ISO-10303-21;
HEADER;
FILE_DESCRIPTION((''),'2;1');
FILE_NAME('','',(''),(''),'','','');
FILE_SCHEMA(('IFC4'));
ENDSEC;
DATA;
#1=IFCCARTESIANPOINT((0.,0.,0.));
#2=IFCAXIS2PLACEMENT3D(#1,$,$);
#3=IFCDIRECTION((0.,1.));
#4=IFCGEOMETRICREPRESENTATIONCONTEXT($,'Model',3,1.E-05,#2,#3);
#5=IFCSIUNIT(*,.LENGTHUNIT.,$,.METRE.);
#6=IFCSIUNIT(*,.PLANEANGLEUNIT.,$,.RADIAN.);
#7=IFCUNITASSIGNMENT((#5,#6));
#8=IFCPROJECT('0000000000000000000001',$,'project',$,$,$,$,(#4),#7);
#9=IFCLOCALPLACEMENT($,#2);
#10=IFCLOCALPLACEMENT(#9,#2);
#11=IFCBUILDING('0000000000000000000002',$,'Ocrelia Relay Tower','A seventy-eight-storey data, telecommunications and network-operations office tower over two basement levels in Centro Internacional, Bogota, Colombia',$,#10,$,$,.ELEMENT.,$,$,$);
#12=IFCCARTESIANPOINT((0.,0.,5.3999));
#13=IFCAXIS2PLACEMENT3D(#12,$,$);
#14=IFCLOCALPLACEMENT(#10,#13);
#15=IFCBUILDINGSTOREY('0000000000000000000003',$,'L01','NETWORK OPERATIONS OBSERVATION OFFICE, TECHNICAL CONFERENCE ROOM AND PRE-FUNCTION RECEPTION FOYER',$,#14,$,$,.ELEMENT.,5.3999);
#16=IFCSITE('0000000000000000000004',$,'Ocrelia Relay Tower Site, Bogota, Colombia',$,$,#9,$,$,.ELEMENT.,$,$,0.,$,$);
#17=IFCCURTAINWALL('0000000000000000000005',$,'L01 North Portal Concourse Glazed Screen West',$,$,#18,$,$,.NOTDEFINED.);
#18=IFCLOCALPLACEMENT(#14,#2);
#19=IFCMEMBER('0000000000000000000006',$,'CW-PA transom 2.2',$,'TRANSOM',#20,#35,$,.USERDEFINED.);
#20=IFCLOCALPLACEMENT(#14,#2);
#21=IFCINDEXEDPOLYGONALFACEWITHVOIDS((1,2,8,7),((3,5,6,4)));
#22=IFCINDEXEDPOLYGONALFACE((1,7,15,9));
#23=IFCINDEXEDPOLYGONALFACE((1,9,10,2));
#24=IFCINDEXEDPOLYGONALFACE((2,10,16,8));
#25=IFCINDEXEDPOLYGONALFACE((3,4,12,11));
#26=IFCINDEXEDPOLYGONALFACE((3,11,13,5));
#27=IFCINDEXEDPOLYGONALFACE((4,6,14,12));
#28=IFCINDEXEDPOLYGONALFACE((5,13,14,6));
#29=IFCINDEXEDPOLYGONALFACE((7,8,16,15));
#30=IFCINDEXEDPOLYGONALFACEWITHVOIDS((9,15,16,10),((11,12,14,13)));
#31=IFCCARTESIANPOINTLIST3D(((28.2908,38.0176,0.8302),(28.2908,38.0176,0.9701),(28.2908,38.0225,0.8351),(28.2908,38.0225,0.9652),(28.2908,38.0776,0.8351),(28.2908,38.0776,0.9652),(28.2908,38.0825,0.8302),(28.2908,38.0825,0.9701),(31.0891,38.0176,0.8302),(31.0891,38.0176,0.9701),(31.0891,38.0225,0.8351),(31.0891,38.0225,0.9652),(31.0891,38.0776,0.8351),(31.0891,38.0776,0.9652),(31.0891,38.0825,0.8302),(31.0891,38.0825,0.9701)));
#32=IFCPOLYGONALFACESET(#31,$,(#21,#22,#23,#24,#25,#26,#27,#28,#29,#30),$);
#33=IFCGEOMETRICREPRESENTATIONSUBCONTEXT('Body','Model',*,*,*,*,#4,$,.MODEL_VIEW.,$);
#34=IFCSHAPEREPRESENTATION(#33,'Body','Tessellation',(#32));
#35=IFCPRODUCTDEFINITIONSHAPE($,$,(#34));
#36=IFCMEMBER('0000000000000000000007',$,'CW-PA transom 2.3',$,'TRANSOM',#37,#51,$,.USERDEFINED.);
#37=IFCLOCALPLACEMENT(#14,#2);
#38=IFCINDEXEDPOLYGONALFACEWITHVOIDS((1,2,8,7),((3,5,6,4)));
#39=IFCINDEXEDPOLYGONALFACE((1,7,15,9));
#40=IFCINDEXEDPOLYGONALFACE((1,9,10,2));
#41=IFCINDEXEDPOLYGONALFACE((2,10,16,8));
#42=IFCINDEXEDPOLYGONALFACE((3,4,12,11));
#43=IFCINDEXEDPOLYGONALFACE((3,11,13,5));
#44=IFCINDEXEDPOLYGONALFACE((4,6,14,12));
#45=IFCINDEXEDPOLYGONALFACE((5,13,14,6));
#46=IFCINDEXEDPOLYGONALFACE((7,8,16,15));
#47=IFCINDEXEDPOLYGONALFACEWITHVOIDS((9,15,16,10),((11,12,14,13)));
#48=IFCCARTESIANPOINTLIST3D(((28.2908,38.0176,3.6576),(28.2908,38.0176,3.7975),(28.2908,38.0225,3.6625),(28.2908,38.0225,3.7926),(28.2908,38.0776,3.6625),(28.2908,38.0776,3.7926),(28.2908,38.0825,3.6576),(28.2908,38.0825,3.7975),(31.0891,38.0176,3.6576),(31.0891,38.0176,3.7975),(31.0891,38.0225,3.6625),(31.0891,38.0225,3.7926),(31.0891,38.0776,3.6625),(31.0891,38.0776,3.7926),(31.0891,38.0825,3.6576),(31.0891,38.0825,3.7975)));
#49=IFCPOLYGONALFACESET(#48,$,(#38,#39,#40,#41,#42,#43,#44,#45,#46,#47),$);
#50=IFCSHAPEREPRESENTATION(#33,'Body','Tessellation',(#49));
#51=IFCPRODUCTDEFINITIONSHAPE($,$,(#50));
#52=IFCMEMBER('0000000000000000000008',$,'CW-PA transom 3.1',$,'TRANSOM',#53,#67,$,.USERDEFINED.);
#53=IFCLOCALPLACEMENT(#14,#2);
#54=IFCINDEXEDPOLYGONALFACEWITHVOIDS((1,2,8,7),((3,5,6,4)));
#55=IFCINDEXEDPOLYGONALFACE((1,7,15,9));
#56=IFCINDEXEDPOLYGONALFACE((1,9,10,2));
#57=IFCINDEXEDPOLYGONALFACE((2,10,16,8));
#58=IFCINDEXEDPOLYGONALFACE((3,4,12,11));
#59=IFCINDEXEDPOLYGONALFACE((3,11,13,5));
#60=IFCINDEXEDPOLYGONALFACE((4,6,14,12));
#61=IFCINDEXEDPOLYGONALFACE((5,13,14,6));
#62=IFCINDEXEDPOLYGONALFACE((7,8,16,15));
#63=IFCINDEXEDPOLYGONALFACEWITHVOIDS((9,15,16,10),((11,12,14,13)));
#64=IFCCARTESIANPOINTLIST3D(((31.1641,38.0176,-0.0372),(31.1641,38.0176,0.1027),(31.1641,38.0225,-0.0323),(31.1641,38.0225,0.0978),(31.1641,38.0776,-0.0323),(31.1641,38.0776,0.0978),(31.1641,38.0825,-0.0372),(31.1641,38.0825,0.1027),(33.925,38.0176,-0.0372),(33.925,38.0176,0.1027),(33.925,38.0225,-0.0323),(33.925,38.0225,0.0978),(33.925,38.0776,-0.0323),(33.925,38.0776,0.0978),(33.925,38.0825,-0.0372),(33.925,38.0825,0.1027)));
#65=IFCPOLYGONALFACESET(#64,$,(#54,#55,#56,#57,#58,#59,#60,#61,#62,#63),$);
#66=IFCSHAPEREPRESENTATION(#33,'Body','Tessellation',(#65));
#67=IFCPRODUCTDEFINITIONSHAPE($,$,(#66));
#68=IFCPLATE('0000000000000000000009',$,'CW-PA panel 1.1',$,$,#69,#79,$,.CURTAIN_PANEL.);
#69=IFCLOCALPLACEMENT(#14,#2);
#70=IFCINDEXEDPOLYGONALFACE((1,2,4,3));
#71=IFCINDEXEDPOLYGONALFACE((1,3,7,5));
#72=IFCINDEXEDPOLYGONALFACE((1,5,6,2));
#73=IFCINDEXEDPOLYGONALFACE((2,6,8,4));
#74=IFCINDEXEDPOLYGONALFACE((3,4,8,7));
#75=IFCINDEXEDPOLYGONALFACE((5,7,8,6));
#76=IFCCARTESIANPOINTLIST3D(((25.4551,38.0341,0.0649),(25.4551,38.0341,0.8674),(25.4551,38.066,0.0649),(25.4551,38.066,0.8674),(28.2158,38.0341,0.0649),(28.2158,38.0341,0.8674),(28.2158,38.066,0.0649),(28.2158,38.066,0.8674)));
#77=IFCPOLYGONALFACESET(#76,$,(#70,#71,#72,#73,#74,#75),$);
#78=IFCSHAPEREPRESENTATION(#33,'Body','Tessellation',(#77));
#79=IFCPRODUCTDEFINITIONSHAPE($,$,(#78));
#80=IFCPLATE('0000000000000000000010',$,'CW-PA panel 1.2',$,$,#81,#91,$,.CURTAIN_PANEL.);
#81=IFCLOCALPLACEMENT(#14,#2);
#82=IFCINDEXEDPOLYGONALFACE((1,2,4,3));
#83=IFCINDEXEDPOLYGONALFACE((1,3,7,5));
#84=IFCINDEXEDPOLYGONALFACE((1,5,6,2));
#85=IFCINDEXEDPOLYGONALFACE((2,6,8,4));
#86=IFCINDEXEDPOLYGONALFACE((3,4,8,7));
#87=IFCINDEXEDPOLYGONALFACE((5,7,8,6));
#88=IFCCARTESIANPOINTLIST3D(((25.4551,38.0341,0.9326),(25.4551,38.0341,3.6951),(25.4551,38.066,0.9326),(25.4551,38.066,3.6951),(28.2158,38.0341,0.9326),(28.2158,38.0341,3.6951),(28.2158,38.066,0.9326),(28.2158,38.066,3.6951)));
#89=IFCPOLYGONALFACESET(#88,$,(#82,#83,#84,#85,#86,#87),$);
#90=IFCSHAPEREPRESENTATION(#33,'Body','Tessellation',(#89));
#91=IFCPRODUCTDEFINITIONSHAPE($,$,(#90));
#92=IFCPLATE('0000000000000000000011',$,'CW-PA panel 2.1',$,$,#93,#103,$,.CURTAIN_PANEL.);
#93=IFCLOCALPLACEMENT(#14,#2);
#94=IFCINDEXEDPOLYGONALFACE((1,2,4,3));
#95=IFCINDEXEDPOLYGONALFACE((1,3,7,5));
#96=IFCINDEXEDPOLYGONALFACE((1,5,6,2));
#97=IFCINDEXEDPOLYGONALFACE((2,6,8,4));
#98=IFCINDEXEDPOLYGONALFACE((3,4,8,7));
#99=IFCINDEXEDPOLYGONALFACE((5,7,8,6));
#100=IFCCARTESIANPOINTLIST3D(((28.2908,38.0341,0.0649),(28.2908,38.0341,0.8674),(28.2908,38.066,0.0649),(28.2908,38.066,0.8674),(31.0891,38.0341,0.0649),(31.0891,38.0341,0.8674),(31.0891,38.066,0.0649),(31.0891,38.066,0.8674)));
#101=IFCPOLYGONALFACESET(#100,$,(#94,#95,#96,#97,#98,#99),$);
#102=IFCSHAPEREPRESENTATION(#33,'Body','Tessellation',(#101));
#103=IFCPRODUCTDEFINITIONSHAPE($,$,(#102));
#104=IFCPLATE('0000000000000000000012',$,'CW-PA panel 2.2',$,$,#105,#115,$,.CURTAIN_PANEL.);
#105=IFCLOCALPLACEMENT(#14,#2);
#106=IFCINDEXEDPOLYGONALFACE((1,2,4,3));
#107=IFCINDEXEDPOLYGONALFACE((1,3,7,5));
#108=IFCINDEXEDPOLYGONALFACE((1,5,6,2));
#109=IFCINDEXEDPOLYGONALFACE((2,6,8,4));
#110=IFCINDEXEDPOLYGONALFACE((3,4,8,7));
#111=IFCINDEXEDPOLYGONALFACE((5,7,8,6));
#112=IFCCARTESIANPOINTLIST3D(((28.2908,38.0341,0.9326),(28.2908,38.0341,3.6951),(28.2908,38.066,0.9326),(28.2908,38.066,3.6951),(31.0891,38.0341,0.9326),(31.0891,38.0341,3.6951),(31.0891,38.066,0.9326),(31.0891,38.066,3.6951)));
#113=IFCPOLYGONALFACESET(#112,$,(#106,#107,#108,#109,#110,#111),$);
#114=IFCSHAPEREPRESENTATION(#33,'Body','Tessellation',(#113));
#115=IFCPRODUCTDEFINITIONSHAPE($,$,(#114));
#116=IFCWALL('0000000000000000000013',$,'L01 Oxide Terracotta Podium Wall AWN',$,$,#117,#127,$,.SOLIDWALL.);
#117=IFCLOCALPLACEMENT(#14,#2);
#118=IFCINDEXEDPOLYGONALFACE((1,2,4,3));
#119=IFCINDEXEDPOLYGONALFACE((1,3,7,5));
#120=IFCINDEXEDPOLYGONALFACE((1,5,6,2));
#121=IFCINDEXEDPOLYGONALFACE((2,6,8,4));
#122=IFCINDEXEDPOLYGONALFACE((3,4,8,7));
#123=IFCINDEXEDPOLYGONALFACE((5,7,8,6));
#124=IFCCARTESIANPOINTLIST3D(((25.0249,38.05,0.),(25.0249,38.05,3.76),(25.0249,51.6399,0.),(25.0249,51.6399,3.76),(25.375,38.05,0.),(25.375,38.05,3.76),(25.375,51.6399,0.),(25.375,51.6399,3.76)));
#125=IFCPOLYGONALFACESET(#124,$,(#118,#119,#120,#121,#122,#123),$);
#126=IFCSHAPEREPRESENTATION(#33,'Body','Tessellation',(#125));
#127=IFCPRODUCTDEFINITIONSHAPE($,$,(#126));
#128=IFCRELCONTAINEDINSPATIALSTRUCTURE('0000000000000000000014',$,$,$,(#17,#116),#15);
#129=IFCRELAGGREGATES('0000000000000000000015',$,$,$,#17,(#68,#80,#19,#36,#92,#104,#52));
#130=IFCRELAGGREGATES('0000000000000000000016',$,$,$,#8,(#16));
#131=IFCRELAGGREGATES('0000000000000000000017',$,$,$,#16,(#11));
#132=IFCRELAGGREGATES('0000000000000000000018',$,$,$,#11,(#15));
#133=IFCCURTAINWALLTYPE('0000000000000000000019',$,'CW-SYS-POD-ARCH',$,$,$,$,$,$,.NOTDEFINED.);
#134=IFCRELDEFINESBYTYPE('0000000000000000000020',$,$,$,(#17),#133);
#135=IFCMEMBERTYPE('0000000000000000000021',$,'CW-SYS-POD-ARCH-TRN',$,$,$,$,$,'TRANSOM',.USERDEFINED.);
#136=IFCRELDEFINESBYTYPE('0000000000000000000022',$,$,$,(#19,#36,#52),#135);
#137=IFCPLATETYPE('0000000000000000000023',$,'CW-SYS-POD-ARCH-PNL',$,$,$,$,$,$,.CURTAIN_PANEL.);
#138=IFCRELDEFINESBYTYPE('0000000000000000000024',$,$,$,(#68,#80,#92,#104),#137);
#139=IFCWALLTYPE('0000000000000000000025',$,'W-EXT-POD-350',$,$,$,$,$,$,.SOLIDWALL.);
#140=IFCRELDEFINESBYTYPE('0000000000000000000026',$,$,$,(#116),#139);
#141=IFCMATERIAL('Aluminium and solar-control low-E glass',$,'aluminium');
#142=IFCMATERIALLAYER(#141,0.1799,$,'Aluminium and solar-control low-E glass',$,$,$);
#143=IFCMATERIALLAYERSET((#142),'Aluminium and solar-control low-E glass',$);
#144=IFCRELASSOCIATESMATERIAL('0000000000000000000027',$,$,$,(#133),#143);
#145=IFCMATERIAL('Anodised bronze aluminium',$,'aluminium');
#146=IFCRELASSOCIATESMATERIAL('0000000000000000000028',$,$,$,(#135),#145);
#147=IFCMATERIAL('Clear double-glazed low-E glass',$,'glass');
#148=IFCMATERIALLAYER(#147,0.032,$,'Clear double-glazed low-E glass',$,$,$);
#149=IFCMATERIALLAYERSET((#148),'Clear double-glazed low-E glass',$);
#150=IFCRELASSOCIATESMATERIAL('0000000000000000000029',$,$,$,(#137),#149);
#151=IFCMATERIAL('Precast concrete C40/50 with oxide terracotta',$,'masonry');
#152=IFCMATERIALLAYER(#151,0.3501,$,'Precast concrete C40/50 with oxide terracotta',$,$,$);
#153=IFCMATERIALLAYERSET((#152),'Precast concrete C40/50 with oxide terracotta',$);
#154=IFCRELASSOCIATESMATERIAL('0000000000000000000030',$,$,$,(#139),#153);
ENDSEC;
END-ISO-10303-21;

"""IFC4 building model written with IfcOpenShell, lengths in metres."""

from ifc_helpers import new_model, si_unit, direction, frame, frame_2d, origin, origin_2d, place, context, subcontext, project, spatial, rectangle, hollow_rectangle, extrude, material, layer, layer_set, material_profile, profile_set, type_object, element, aggregate, save


model = new_model("IFC4")

# Units and contexts
model_context = context("Model", 3, precision=1e-05, world=origin(), true_north=direction((0.0, 1.0)))
body_context = subcontext(model_context, "Body", "Model", "MODEL_VIEW")
ifc_project = project(units=[si_unit("LENGTHUNIT", "METRE"), si_unit("PLANEANGLEUNIT", "RADIAN")], contexts=[model_context])

# Site, building, storey
site_placement = place(None, origin())
site = spatial("IfcSite", under=ifc_project, at=site_placement, Name="Ocrelia Relay Tower Site, Bogota, Colombia", CompositionType="ELEMENT", RefElevation=0.0)
building_placement = place(site_placement, origin())
building = spatial("IfcBuilding", under=site, at=building_placement, Name="Ocrelia Relay Tower", Description="A seventy-eight-storey data, telecommunications and network-operations office tower over two basement levels in Centro Internacional, Bogota, Colombia", CompositionType="ELEMENT")
storey_placement = place(building_placement, frame((0.0, 0.0, 5.3999)))
storey = spatial("IfcBuildingStorey", under=building, at=storey_placement, Name="L01", Description="NETWORK OPERATIONS OBSERVATION OFFICE, TECHNICAL CONFERENCE ROOM AND PRE-FUNCTION RECEPTION FOYER", CompositionType="ELEMENT", Elevation=5.3999)

# Curtain wall, members, plates
ifc_material_1 = material(Name="Aluminium and solar-control low-E glass", Category="aluminium")
ifc_layer_1 = layer(ifc_material_1, 0.1799, Name="Aluminium and solar-control low-E glass")
ifc_layer_set_1 = layer_set([ifc_layer_1], Name="Aluminium and solar-control low-E glass")
curtain_wall_type = type_object("IfcCurtainWallType", Name="CW-SYS-POD-ARCH", PredefinedType="NOTDEFINED", material=ifc_layer_set_1)
curtain_wall_placement = place(storey_placement, origin())
curtain_wall = element("IfcCurtainWall", 1, at=curtain_wall_placement, inside=storey, type_object=curtain_wall_type, Name="L01 North Portal Concourse Glazed Screen West", PredefinedType="NOTDEFINED")
ifc_material_2 = material(Name="Anodised bronze aluminium", Category="aluminium")
ifc_material_profile_1 = material_profile(ifc_material_2, hollow_rectangle(XDim=0.0649, YDim=0.1399, WallThickness=0.0049, at=origin_2d()), Name="CW-TRN-140x65")
ifc_profile_set_1 = profile_set([ifc_material_profile_1], Name="Anodised bronze aluminium")
member_type_1 = type_object("IfcMemberType", Name="CW-SYS-POD-ARCH-TRN", ElementType="TRANSOM", PredefinedType="USERDEFINED", material=ifc_profile_set_1)
member_1_placement = place(storey_placement, frame((28.2908, 38.05, 0.9001), z_axis=(1.0, 0.0, 0.0), x_axis=(0.0, 1.0, 0.0)))
member_1 = element("IfcMember", 2, at=member_1_placement, type_object=member_type_1, Name="CW-PA transom 2.2", ObjectType="TRANSOM", PredefinedType="USERDEFINED", context=body_context, shape_type="SweptSolid", body=[
    extrude(hollow_rectangle(XDim=0.0649, YDim=0.1399, WallThickness=0.0049, at=origin_2d()), origin(), (0.0, 0.0, 1.0), 2.7983),
])
member_2_placement = place(storey_placement, frame((28.2908, 38.05, 3.7275), z_axis=(1.0, 0.0, 0.0), x_axis=(0.0, 1.0, 0.0)))
member_2 = element("IfcMember", 3, at=member_2_placement, type_object=member_type_1, Name="CW-PA transom 2.3", ObjectType="TRANSOM", PredefinedType="USERDEFINED", context=body_context, shape_type="SweptSolid", body=[
    extrude(hollow_rectangle(XDim=0.0649, YDim=0.1399, WallThickness=0.0049, at=origin_2d()), origin(), (0.0, 0.0, 1.0), 2.7983),
])
member_3_placement = place(storey_placement, frame((31.1641, 38.05, 0.0327), z_axis=(1.0, 0.0, 0.0), x_axis=(0.0, 1.0, 0.0)))
member_3 = element("IfcMember", 4, at=member_3_placement, type_object=member_type_1, Name="CW-PA transom 3.1", ObjectType="TRANSOM", PredefinedType="USERDEFINED", context=body_context, shape_type="SweptSolid", body=[
    extrude(hollow_rectangle(XDim=0.0649, YDim=0.1399, WallThickness=0.0049, at=origin_2d()), origin(), (0.0, 0.0, 1.0), 2.761),
])
ifc_material_3 = material(Name="Clear double-glazed low-E glass", Category="glass")
ifc_layer_2 = layer(ifc_material_3, 0.032, Name="Clear double-glazed low-E glass")
ifc_layer_set_2 = layer_set([ifc_layer_2], Name="Clear double-glazed low-E glass")
plate_type = type_object("IfcPlateType", Name="CW-SYS-POD-ARCH-PNL", PredefinedType="CURTAIN_PANEL", material=ifc_layer_set_2)
plate_1_placement = place(storey_placement, frame((26.8354, 38.05, 0.0649), z_axis=(0.0, 0.0, 1.0), x_axis=(1.0, 0.0, 0.0)))
plate_1 = element("IfcPlate", 5, at=plate_1_placement, type_object=plate_type, Name="CW-PA panel 1.1", PredefinedType="CURTAIN_PANEL", context=body_context, shape_type="SweptSolid", body=[
    extrude(rectangle(XDim=2.7607, YDim=0.032, at=origin_2d()), origin(), (0.0, 0.0, 1.0), 0.8025),
])
plate_2_placement = place(storey_placement, frame((26.8354, 38.05, 0.9326), z_axis=(0.0, 0.0, 1.0), x_axis=(1.0, 0.0, 0.0)))
plate_2 = element("IfcPlate", 6, at=plate_2_placement, type_object=plate_type, Name="CW-PA panel 1.2", PredefinedType="CURTAIN_PANEL", context=body_context, shape_type="SweptSolid", body=[
    extrude(rectangle(XDim=2.7607, YDim=0.032, at=origin_2d()), origin(), (0.0, 0.0, 1.0), 2.7625),
])
plate_3_placement = place(storey_placement, frame((29.6899, 38.05, 0.0649), z_axis=(0.0, 0.0, 1.0), x_axis=(1.0, 0.0, 0.0)))
plate_3 = element("IfcPlate", 7, at=plate_3_placement, type_object=plate_type, Name="CW-PA panel 2.1", PredefinedType="CURTAIN_PANEL", context=body_context, shape_type="SweptSolid", body=[
    extrude(rectangle(XDim=2.7983, YDim=0.032, at=origin_2d()), origin(), (0.0, 0.0, 1.0), 0.8025),
])
plate_4_placement = place(storey_placement, frame((29.6899, 38.05, 0.9326), z_axis=(0.0, 0.0, 1.0), x_axis=(1.0, 0.0, 0.0)))
plate_4 = element("IfcPlate", 8, at=plate_4_placement, type_object=plate_type, Name="CW-PA panel 2.2", PredefinedType="CURTAIN_PANEL", context=body_context, shape_type="SweptSolid", body=[
    extrude(rectangle(XDim=2.7983, YDim=0.032, at=origin_2d()), origin(), (0.0, 0.0, 1.0), 2.7625),
])
aggregate(curtain_wall, [plate_1, plate_2, member_1, member_2, plate_3, plate_4, member_3])

# Wall
ifc_material_4 = material(Name="Precast concrete C40/50 with oxide terracotta", Category="masonry")
ifc_layer_3 = layer(ifc_material_4, 0.3501, Name="Precast concrete C40/50 with oxide terracotta")
ifc_layer_set_3 = layer_set([ifc_layer_3], Name="Precast concrete C40/50 with oxide terracotta")
wall_type = type_object("IfcWallType", Name="W-EXT-POD-350", PredefinedType="SOLIDWALL", material=ifc_layer_set_3)
wall_placement = place(storey_placement, frame((25.2, 51.6399, 0.0), z_axis=(0.0, 0.0, 1.0), x_axis=(0.0, -1.0, 0.0)))
element("IfcWall", 9, at=wall_placement, inside=storey, type_object=wall_type, Name="L01 Oxide Terracotta Podium Wall AWN", PredefinedType="SOLIDWALL", context=body_context, shape_type="SweptSolid", body=[
    extrude(rectangle(XDim=13.5898, YDim=0.3501, at=frame_2d((6.7949, 0.0))), origin(), (0.0, 0.0, 1.0), 3.76),
])

save(model, "model.ifc")
